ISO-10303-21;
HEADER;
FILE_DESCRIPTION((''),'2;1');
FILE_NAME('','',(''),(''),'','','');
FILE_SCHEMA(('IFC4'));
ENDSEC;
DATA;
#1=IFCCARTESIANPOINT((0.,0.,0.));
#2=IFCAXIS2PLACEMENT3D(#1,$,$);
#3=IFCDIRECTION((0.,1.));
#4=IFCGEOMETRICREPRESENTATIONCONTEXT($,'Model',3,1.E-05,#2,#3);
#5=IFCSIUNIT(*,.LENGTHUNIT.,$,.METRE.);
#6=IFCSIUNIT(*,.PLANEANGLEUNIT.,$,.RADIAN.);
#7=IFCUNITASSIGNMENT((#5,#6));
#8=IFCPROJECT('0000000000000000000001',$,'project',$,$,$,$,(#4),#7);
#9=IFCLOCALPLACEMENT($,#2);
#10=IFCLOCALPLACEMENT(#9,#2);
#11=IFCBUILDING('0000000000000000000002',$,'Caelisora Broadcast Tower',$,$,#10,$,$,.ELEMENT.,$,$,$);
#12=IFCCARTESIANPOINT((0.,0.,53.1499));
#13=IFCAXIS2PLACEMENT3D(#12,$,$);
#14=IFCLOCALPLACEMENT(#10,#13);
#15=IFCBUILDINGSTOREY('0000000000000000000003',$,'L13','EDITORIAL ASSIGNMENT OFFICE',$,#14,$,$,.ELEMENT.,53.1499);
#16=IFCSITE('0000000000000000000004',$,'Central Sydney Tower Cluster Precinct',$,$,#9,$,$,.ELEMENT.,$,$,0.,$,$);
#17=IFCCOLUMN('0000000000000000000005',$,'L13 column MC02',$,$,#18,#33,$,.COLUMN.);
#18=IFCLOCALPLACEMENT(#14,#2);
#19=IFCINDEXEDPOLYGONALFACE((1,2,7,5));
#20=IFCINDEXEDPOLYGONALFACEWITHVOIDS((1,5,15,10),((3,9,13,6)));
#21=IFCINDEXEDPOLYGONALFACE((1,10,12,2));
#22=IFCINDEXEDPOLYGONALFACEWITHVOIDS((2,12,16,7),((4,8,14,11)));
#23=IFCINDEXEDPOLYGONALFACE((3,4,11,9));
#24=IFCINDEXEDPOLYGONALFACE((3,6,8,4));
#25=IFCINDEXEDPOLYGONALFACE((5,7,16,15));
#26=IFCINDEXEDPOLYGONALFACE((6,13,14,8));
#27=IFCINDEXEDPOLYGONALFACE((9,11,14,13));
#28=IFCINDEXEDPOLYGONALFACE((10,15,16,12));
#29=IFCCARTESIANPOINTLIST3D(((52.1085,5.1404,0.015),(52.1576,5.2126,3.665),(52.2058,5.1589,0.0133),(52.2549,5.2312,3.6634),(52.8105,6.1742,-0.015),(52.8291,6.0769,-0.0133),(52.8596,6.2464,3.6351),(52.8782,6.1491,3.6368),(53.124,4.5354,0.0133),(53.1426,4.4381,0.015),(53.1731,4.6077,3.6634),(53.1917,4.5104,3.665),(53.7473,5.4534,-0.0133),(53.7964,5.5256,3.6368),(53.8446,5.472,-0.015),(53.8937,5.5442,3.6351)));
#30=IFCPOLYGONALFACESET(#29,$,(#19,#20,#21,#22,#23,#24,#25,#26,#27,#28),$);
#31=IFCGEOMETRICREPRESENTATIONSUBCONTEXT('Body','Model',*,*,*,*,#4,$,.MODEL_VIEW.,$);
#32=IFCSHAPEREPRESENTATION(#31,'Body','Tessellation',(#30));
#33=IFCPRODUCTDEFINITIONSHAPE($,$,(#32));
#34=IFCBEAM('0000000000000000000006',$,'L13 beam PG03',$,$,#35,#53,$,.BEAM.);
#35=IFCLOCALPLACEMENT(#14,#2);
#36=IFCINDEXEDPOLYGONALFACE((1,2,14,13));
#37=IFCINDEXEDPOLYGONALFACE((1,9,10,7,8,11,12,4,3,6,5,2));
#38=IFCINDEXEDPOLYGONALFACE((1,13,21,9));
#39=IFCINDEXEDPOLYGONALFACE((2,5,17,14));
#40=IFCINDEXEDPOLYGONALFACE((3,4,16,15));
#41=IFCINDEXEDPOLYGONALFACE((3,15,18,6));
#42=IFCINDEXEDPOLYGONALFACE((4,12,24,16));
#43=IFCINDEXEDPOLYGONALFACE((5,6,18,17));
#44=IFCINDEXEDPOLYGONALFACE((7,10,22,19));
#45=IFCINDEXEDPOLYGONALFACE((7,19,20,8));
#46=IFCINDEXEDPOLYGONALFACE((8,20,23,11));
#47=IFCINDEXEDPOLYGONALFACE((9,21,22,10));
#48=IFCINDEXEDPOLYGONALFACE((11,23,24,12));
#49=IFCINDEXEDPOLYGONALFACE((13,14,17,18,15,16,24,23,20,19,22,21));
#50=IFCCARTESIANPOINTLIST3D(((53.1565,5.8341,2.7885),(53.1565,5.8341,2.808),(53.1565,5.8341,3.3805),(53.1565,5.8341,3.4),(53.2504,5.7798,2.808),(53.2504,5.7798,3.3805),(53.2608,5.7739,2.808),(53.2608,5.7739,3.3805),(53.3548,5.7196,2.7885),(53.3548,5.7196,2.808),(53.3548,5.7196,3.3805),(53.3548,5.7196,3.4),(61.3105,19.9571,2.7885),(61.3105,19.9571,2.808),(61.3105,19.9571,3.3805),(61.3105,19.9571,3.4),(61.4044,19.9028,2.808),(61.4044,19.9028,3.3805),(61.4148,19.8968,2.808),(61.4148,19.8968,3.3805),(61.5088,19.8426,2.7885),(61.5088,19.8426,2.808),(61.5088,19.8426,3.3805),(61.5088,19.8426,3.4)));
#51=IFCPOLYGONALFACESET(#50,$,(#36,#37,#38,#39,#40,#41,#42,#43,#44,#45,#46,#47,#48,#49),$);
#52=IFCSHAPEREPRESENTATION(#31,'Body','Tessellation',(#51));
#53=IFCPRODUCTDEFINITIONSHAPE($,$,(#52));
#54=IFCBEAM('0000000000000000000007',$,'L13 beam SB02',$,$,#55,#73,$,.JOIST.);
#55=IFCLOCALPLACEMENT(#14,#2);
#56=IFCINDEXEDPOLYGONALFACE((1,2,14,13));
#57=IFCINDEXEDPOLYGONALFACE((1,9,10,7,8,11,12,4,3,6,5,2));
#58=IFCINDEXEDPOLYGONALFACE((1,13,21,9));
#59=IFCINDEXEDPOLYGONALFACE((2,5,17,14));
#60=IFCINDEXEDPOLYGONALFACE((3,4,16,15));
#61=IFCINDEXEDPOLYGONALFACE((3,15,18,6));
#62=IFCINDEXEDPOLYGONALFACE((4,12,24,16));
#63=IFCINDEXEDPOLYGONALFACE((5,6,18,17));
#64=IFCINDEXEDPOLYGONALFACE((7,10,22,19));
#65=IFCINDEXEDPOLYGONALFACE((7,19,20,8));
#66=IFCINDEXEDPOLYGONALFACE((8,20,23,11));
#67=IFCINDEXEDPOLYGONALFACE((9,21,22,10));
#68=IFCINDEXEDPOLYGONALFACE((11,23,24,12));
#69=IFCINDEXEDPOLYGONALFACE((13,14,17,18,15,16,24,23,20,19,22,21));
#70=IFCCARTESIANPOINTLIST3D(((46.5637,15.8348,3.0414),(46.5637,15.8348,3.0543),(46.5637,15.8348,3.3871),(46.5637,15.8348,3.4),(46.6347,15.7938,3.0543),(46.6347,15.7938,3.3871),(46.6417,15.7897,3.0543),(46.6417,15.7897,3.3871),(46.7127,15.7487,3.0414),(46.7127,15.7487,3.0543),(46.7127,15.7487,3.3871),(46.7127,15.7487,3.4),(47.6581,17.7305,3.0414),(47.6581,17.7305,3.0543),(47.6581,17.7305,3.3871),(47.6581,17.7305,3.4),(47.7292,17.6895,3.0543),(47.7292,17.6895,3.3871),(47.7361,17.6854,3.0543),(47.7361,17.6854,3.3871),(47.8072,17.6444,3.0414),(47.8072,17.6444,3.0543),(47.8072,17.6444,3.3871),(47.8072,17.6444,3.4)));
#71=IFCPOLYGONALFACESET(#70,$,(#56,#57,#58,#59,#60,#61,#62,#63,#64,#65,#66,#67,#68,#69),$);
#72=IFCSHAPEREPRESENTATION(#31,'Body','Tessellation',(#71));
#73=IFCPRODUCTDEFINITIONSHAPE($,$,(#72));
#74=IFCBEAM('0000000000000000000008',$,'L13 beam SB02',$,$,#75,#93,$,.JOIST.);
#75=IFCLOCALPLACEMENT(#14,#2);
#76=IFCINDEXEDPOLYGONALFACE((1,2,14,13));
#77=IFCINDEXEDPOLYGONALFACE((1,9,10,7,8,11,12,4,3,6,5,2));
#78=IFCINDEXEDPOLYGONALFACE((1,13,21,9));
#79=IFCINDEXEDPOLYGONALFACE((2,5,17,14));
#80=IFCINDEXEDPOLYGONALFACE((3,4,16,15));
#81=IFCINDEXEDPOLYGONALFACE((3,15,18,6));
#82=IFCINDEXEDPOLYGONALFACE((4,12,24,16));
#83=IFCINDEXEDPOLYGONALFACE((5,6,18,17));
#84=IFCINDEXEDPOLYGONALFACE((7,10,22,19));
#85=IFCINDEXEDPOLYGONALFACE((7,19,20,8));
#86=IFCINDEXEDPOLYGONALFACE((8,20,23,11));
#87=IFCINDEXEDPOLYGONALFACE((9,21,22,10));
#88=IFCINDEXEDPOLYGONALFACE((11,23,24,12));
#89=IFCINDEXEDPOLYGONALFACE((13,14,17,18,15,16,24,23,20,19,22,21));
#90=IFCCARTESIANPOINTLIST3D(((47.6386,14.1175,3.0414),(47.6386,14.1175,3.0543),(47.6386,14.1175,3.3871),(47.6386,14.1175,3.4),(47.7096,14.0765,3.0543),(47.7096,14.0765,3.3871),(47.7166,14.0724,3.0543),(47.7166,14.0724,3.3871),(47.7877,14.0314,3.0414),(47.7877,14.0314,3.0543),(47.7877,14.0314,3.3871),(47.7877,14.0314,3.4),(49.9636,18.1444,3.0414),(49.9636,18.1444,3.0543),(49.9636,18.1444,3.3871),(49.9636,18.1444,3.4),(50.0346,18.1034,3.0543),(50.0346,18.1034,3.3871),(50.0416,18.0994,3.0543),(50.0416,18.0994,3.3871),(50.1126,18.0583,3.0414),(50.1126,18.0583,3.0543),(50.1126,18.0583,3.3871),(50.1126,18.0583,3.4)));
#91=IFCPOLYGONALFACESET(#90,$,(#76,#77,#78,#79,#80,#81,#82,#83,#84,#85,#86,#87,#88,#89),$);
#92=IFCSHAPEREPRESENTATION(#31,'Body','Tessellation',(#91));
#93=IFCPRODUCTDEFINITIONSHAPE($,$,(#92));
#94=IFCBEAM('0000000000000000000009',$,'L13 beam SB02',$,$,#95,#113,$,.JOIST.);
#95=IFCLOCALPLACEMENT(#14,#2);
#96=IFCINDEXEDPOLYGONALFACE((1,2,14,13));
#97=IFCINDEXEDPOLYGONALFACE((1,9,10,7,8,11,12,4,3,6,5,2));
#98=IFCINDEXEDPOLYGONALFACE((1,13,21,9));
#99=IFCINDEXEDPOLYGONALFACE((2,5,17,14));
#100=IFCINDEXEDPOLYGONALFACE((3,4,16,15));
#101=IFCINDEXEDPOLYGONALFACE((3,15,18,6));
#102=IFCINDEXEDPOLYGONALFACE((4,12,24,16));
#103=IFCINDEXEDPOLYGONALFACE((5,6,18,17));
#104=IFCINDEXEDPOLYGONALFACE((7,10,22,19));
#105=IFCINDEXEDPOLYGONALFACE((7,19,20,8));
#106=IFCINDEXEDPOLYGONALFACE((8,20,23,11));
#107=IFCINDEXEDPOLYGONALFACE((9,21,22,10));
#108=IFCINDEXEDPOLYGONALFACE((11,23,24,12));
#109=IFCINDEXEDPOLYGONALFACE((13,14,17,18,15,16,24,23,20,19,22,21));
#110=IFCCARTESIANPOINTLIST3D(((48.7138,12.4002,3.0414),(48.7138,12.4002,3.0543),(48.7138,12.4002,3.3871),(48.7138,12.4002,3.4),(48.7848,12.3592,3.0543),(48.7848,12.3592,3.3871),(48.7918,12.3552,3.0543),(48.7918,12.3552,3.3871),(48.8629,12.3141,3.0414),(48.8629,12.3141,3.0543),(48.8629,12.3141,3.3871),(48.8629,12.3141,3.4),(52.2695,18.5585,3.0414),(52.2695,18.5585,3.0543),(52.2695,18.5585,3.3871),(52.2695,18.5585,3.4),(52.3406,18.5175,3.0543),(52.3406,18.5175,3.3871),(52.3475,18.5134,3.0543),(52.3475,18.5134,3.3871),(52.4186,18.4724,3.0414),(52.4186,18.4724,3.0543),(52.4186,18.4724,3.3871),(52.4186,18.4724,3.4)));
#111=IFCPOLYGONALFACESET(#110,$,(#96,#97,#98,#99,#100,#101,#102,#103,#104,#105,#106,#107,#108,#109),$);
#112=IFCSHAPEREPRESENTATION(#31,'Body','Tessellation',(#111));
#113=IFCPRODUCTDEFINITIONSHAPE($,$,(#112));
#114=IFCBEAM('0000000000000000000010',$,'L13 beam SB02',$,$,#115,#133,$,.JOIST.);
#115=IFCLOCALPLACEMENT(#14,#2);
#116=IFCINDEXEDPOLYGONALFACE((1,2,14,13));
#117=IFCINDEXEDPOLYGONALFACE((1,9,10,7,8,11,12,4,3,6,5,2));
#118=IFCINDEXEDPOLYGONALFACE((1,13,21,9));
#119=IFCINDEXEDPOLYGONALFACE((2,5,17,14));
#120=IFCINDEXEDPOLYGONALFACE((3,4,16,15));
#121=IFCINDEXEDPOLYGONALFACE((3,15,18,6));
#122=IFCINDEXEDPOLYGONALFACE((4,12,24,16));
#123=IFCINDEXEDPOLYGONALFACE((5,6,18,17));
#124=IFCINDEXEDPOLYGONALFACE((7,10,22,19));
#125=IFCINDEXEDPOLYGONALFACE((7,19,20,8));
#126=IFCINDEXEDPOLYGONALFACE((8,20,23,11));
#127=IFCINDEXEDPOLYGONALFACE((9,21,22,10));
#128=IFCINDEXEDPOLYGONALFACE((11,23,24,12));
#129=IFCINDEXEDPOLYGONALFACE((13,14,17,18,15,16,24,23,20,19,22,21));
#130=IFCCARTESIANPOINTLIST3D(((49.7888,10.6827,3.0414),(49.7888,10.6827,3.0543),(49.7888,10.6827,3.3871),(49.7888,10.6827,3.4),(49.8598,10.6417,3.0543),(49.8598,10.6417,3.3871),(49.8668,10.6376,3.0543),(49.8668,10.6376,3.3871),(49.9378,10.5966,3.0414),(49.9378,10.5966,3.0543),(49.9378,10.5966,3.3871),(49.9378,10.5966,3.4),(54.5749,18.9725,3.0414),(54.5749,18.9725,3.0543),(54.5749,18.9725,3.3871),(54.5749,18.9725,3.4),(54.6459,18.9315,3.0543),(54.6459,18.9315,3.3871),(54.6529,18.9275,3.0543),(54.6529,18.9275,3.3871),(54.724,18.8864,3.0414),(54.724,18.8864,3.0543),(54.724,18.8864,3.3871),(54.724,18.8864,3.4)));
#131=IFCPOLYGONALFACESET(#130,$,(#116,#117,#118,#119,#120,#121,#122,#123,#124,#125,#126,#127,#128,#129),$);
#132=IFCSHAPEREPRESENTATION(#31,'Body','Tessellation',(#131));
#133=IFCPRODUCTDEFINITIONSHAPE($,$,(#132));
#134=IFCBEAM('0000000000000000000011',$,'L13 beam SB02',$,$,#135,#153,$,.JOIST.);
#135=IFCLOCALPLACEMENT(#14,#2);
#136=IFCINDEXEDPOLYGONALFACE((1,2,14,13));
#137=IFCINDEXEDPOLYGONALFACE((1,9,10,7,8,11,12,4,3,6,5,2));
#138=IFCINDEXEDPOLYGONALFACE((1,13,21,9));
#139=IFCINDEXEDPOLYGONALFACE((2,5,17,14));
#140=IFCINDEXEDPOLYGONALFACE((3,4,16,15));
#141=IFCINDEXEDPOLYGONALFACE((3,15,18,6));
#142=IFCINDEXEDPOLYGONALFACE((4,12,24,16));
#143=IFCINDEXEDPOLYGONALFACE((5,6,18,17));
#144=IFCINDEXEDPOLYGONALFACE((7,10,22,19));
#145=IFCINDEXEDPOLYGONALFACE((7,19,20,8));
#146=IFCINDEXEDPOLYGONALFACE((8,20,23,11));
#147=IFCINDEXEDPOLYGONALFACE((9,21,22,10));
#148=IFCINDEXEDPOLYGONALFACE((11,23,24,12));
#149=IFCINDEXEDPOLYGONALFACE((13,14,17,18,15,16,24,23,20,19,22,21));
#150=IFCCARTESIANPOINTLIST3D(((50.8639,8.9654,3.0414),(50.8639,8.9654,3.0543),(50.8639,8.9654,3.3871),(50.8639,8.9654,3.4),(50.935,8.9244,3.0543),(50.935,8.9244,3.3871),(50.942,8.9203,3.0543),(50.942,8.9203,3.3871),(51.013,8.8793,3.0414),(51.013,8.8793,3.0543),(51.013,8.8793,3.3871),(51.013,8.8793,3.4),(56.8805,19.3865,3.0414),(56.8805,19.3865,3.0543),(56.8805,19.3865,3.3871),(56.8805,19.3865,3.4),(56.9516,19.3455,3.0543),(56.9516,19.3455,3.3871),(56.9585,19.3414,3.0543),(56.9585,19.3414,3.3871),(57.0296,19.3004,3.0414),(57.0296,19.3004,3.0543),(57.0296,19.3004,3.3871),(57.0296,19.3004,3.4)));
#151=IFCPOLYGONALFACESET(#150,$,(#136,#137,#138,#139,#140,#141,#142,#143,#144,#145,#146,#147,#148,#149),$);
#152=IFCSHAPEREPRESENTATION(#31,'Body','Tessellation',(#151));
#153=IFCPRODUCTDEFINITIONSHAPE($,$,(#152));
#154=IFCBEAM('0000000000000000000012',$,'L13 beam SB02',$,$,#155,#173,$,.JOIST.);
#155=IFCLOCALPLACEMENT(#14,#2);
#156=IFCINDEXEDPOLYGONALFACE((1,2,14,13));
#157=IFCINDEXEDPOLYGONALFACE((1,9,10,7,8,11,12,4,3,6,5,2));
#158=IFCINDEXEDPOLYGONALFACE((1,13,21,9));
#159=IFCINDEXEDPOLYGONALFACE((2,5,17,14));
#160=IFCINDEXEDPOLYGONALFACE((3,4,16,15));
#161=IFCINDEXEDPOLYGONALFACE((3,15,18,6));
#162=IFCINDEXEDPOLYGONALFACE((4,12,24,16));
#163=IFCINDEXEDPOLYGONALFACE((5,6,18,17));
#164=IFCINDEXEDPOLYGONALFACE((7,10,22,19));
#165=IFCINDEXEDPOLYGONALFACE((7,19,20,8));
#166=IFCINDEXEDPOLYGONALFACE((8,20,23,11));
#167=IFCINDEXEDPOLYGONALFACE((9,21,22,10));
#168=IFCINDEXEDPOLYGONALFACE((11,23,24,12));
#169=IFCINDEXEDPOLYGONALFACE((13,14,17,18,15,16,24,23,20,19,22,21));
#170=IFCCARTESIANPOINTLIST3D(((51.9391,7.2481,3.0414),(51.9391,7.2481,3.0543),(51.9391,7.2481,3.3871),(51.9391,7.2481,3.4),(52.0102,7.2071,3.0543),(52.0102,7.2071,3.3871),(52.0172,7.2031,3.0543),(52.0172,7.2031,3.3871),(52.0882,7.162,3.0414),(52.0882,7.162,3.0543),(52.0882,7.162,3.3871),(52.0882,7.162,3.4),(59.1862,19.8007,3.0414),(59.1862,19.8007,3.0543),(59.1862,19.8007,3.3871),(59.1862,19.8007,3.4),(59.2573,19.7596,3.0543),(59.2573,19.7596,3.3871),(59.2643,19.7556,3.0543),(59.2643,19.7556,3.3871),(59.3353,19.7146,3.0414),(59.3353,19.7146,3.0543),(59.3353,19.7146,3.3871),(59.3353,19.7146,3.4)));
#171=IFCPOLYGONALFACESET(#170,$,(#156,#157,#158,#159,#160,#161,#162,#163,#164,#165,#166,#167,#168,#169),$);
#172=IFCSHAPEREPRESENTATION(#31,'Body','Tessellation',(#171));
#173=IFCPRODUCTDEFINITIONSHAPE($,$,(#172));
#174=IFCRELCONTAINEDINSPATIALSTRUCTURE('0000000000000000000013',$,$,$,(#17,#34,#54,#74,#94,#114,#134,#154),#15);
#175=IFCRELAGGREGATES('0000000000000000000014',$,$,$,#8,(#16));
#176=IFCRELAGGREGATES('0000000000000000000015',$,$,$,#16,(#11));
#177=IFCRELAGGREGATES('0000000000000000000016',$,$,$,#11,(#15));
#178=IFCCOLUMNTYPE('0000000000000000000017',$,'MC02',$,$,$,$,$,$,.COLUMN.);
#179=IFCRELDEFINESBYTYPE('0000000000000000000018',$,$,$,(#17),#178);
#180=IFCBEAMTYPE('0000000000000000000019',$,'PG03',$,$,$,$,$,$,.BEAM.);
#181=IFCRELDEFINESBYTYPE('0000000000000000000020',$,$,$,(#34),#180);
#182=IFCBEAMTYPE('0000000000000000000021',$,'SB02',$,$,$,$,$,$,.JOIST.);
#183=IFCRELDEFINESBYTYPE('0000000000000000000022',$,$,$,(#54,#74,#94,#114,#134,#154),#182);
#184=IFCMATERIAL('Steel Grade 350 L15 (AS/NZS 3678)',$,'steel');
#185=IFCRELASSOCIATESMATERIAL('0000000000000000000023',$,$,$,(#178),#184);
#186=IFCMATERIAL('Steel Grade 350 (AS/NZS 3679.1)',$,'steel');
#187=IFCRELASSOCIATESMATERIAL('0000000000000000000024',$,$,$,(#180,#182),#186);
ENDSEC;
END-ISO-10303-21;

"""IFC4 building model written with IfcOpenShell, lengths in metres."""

from ifc_helpers import new_model, si_unit, direction, frame, origin, origin_2d, place, context, subcontext, project, spatial, hollow_rectangle, i_section, extrude, source, transform, mapped, material, material_profile, profile_set, type_object, type_shapes, element, save


model = new_model("IFC4")

# Units and contexts
model_context = context("Model", 3, precision=1e-05, world=origin(), true_north=direction((0.0, 1.0)))
body_context = subcontext(model_context, "Body", "Model", "MODEL_VIEW")
ifc_project = project(units=[si_unit("LENGTHUNIT", "METRE"), si_unit("PLANEANGLEUNIT", "RADIAN")], contexts=[model_context])

# Site, building, storey
site_placement = place(None, origin())
site = spatial("IfcSite", under=ifc_project, at=site_placement, Name="Central Sydney Tower Cluster Precinct", CompositionType="ELEMENT", RefElevation=0.0)
building_placement = place(site_placement, origin())
building = spatial("IfcBuilding", under=site, at=building_placement, Name="Caelisora Broadcast Tower", CompositionType="ELEMENT")
storey_placement = place(building_placement, frame((0.0, 0.0, 53.1499)))
storey = spatial("IfcBuildingStorey", under=building, at=storey_placement, Name="L13", Description="EDITORIAL ASSIGNMENT OFFICE", CompositionType="ELEMENT", Elevation=53.1499)

# Column
ifc_material_1 = material(Name="Steel Grade 350 L15 (AS/NZS 3678)", Category="steel")
ifc_material_profile_1 = material_profile(ifc_material_1, hollow_rectangle(XDim=1.25, YDim=1.25, WallThickness=0.0701, at=origin_2d()), Name="Steel Grade 350 L15 (AS/NZS 3678)")
ifc_profile_set_1 = profile_set([ifc_material_profile_1], Name="Steel Grade 350 L15 (AS/NZS 3678)")
column_type = type_object("IfcColumnType", Name="MC02", PredefinedType="COLUMN", material=ifc_profile_set_1)
shared_shape_1 = source(origin(), body_context, "Body", "SweptSolid", [
    extrude(hollow_rectangle(XDim=1.25, YDim=1.25, WallThickness=0.0701, at=origin_2d()), origin(), (0.0, 0.0, 1.0), 3.6511),
])
type_shapes(column_type, [shared_shape_1])
column_placement = place(storey_placement, frame((52.9766, 5.3062, 0.0), z_axis=(0.01344, 0.019792, 0.999714), x_axis=(-0.82729, 0.561775, 0.0)))
element("IfcColumn", 1, at=column_placement, inside=storey, type_object=column_type, Name="L13 column MC02", PredefinedType="COLUMN", context=body_context, shape_type="MappedRepresentation", body=[
    mapped(shared_shape_1, transform((0.0, 0.0, 0.0), scale=1.0)),
])

# Beams
ifc_material_2 = material(Name="Steel Grade 350 (AS/NZS 3679.1)", Category="steel")
ifc_material_profile_2 = material_profile(ifc_material_2, i_section(OverallWidth=0.229, OverallDepth=0.6116, WebThickness=0.012, FlangeThickness=0.0195, at=origin_2d()), Name="Steel Grade 350 (AS/NZS 3679.1)")
ifc_profile_set_2 = profile_set([ifc_material_profile_2], Name="Steel Grade 350 (AS/NZS 3679.1)")
beam_type_1 = type_object("IfcBeamType", Name="PG03", PredefinedType="BEAM", material=ifc_profile_set_2)
shared_shape_2 = source(origin(), body_context, "Body", "SweptSolid", [
    extrude(i_section(OverallWidth=0.229, OverallDepth=0.6116, WebThickness=0.012, FlangeThickness=0.0195, at=origin_2d()), origin(), (0.0, 0.0, 1.0), 16.3079),
])
type_shapes(beam_type_1, [shared_shape_2])
beam_1_placement = place(storey_placement, frame((53.2556, 5.7769, 3.0942), z_axis=(0.500005, 0.866023, 0.0), x_axis=(-0.866023, 0.500005, 0.0)))
element("IfcBeam", 2, at=beam_1_placement, inside=storey, type_object=beam_type_1, Name="L13 beam PG03", PredefinedType="BEAM", context=body_context, shape_type="MappedRepresentation", body=[
    mapped(shared_shape_2, transform((0.0, 0.0, 0.0), scale=1.0)),
])
ifc_material_profile_3 = material_profile(ifc_material_2, i_section(OverallWidth=0.1721, OverallDepth=0.3586, WebThickness=0.0081, FlangeThickness=0.0129, at=origin_2d()), Name="Steel Grade 350 (AS/NZS 3679.1)")
ifc_profile_set_3 = profile_set([ifc_material_profile_3], Name="Steel Grade 350 (AS/NZS 3679.1)")
beam_type_2 = type_object("IfcBeamType", Name="SB02", PredefinedType="JOIST", material=ifc_profile_set_3)
shared_shape_3 = source(origin(), body_context, "Body", "SweptSolid", [
    extrude(i_section(OverallWidth=0.1721, OverallDepth=0.3586, WebThickness=0.0081, FlangeThickness=0.0129, at=origin_2d()), origin(), (0.0, 0.0, 1.0), 2.189),
])
beam_2_placement = place(storey_placement, frame((46.6382, 15.7917, 3.2207), z_axis=(0.49999, 0.866031, 0.0), x_axis=(-0.866031, 0.49999, 0.0)))
element("IfcBeam", 3, at=beam_2_placement, inside=storey, type_object=beam_type_2, Name="L13 beam SB02", PredefinedType="JOIST", context=body_context, shape_type="MappedRepresentation", body=[
    mapped(shared_shape_3, transform((0.0, 0.0, 0.0), scale=1.0)),
])
shared_shape_4 = source(origin(), body_context, "Body", "SweptSolid", [
    extrude(i_section(OverallWidth=0.1721, OverallDepth=0.3586, WebThickness=0.0081, FlangeThickness=0.0129, at=origin_2d()), origin(), (0.0, 0.0, 1.0), 4.6499),
])
beam_3_placement = place(storey_placement, frame((47.7131, 14.0745, 3.2207), z_axis=(0.500007, 0.866021, 0.0), x_axis=(-0.866021, 0.500007, 0.0)))
element("IfcBeam", 4, at=beam_3_placement, inside=storey, type_object=beam_type_2, Name="L13 beam SB02", PredefinedType="JOIST", context=body_context, shape_type="MappedRepresentation", body=[
    mapped(shared_shape_4, transform((0.0, 0.0, 0.0), scale=1.0)),
])
shared_shape_5 = source(origin(), body_context, "Body", "SweptSolid", [
    extrude(i_section(OverallWidth=0.1721, OverallDepth=0.3586, WebThickness=0.0081, FlangeThickness=0.0129, at=origin_2d()), origin(), (0.0, 0.0, 1.0), 7.1111),
])
beam_4_placement = place(storey_placement, frame((48.7883, 12.3572, 3.2207), z_axis=(0.500024, 0.866012, 0.0), x_axis=(-0.866012, 0.500024, 0.0)))
element("IfcBeam", 5, at=beam_4_placement, inside=storey, type_object=beam_type_2, Name="L13 beam SB02", PredefinedType="JOIST", context=body_context, shape_type="MappedRepresentation", body=[
    mapped(shared_shape_5, transform((0.0, 0.0, 0.0), scale=1.0)),
])
shared_shape_6 = source(origin(), body_context, "Body", "SweptSolid", [
    extrude(i_section(OverallWidth=0.1721, OverallDepth=0.3586, WebThickness=0.0081, FlangeThickness=0.0129, at=origin_2d()), origin(), (0.0, 0.0, 1.0), 9.5723),
])
beam_5_placement = place(storey_placement, frame((49.8633, 10.6396, 3.2207), z_axis=(0.500001, 0.866025, 0.0), x_axis=(-0.866025, 0.500001, 0.0)))
element("IfcBeam", 6, at=beam_5_placement, inside=storey, type_object=beam_type_2, Name="L13 beam SB02", PredefinedType="JOIST", context=body_context, shape_type="MappedRepresentation", body=[
    mapped(shared_shape_6, transform((0.0, 0.0, 0.0), scale=1.0)),
])
shared_shape_7 = source(origin(), body_context, "Body", "SweptSolid", [
    extrude(i_section(OverallWidth=0.1721, OverallDepth=0.3586, WebThickness=0.0081, FlangeThickness=0.0129, at=origin_2d()), origin(), (0.0, 0.0, 1.0), 12.0332),
])
beam_6_placement = place(storey_placement, frame((50.9385, 8.9224, 3.2207), z_axis=(0.499997, 0.866027, 0.0), x_axis=(-0.866027, 0.499997, 0.0)))
element("IfcBeam", 7, at=beam_6_placement, inside=storey, type_object=beam_type_2, Name="L13 beam SB02", PredefinedType="JOIST", context=body_context, shape_type="MappedRepresentation", body=[
    mapped(shared_shape_7, transform((0.0, 0.0, 0.0), scale=1.0)),
])
shared_shape_8 = source(origin(), body_context, "Body", "SweptSolid", [
    extrude(i_section(OverallWidth=0.1721, OverallDepth=0.3586, WebThickness=0.0081, FlangeThickness=0.0129, at=origin_2d()), origin(), (0.0, 0.0, 1.0), 14.4944),
])
type_shapes(beam_type_2, [shared_shape_3, shared_shape_4, shared_shape_5, shared_shape_6, shared_shape_7, shared_shape_8])
beam_7_placement = place(storey_placement, frame((52.0137, 7.2051, 3.2207), z_axis=(0.499994, 0.866029, 0.0), x_axis=(-0.866029, 0.499994, 0.0)))
element("IfcBeam", 8, at=beam_7_placement, inside=storey, type_object=beam_type_2, Name="L13 beam SB02", PredefinedType="JOIST", context=body_context, shape_type="MappedRepresentation", body=[
    mapped(shared_shape_8, transform((0.0, 0.0, 0.0), scale=1.0)),
])

save(model, "model.ifc")
